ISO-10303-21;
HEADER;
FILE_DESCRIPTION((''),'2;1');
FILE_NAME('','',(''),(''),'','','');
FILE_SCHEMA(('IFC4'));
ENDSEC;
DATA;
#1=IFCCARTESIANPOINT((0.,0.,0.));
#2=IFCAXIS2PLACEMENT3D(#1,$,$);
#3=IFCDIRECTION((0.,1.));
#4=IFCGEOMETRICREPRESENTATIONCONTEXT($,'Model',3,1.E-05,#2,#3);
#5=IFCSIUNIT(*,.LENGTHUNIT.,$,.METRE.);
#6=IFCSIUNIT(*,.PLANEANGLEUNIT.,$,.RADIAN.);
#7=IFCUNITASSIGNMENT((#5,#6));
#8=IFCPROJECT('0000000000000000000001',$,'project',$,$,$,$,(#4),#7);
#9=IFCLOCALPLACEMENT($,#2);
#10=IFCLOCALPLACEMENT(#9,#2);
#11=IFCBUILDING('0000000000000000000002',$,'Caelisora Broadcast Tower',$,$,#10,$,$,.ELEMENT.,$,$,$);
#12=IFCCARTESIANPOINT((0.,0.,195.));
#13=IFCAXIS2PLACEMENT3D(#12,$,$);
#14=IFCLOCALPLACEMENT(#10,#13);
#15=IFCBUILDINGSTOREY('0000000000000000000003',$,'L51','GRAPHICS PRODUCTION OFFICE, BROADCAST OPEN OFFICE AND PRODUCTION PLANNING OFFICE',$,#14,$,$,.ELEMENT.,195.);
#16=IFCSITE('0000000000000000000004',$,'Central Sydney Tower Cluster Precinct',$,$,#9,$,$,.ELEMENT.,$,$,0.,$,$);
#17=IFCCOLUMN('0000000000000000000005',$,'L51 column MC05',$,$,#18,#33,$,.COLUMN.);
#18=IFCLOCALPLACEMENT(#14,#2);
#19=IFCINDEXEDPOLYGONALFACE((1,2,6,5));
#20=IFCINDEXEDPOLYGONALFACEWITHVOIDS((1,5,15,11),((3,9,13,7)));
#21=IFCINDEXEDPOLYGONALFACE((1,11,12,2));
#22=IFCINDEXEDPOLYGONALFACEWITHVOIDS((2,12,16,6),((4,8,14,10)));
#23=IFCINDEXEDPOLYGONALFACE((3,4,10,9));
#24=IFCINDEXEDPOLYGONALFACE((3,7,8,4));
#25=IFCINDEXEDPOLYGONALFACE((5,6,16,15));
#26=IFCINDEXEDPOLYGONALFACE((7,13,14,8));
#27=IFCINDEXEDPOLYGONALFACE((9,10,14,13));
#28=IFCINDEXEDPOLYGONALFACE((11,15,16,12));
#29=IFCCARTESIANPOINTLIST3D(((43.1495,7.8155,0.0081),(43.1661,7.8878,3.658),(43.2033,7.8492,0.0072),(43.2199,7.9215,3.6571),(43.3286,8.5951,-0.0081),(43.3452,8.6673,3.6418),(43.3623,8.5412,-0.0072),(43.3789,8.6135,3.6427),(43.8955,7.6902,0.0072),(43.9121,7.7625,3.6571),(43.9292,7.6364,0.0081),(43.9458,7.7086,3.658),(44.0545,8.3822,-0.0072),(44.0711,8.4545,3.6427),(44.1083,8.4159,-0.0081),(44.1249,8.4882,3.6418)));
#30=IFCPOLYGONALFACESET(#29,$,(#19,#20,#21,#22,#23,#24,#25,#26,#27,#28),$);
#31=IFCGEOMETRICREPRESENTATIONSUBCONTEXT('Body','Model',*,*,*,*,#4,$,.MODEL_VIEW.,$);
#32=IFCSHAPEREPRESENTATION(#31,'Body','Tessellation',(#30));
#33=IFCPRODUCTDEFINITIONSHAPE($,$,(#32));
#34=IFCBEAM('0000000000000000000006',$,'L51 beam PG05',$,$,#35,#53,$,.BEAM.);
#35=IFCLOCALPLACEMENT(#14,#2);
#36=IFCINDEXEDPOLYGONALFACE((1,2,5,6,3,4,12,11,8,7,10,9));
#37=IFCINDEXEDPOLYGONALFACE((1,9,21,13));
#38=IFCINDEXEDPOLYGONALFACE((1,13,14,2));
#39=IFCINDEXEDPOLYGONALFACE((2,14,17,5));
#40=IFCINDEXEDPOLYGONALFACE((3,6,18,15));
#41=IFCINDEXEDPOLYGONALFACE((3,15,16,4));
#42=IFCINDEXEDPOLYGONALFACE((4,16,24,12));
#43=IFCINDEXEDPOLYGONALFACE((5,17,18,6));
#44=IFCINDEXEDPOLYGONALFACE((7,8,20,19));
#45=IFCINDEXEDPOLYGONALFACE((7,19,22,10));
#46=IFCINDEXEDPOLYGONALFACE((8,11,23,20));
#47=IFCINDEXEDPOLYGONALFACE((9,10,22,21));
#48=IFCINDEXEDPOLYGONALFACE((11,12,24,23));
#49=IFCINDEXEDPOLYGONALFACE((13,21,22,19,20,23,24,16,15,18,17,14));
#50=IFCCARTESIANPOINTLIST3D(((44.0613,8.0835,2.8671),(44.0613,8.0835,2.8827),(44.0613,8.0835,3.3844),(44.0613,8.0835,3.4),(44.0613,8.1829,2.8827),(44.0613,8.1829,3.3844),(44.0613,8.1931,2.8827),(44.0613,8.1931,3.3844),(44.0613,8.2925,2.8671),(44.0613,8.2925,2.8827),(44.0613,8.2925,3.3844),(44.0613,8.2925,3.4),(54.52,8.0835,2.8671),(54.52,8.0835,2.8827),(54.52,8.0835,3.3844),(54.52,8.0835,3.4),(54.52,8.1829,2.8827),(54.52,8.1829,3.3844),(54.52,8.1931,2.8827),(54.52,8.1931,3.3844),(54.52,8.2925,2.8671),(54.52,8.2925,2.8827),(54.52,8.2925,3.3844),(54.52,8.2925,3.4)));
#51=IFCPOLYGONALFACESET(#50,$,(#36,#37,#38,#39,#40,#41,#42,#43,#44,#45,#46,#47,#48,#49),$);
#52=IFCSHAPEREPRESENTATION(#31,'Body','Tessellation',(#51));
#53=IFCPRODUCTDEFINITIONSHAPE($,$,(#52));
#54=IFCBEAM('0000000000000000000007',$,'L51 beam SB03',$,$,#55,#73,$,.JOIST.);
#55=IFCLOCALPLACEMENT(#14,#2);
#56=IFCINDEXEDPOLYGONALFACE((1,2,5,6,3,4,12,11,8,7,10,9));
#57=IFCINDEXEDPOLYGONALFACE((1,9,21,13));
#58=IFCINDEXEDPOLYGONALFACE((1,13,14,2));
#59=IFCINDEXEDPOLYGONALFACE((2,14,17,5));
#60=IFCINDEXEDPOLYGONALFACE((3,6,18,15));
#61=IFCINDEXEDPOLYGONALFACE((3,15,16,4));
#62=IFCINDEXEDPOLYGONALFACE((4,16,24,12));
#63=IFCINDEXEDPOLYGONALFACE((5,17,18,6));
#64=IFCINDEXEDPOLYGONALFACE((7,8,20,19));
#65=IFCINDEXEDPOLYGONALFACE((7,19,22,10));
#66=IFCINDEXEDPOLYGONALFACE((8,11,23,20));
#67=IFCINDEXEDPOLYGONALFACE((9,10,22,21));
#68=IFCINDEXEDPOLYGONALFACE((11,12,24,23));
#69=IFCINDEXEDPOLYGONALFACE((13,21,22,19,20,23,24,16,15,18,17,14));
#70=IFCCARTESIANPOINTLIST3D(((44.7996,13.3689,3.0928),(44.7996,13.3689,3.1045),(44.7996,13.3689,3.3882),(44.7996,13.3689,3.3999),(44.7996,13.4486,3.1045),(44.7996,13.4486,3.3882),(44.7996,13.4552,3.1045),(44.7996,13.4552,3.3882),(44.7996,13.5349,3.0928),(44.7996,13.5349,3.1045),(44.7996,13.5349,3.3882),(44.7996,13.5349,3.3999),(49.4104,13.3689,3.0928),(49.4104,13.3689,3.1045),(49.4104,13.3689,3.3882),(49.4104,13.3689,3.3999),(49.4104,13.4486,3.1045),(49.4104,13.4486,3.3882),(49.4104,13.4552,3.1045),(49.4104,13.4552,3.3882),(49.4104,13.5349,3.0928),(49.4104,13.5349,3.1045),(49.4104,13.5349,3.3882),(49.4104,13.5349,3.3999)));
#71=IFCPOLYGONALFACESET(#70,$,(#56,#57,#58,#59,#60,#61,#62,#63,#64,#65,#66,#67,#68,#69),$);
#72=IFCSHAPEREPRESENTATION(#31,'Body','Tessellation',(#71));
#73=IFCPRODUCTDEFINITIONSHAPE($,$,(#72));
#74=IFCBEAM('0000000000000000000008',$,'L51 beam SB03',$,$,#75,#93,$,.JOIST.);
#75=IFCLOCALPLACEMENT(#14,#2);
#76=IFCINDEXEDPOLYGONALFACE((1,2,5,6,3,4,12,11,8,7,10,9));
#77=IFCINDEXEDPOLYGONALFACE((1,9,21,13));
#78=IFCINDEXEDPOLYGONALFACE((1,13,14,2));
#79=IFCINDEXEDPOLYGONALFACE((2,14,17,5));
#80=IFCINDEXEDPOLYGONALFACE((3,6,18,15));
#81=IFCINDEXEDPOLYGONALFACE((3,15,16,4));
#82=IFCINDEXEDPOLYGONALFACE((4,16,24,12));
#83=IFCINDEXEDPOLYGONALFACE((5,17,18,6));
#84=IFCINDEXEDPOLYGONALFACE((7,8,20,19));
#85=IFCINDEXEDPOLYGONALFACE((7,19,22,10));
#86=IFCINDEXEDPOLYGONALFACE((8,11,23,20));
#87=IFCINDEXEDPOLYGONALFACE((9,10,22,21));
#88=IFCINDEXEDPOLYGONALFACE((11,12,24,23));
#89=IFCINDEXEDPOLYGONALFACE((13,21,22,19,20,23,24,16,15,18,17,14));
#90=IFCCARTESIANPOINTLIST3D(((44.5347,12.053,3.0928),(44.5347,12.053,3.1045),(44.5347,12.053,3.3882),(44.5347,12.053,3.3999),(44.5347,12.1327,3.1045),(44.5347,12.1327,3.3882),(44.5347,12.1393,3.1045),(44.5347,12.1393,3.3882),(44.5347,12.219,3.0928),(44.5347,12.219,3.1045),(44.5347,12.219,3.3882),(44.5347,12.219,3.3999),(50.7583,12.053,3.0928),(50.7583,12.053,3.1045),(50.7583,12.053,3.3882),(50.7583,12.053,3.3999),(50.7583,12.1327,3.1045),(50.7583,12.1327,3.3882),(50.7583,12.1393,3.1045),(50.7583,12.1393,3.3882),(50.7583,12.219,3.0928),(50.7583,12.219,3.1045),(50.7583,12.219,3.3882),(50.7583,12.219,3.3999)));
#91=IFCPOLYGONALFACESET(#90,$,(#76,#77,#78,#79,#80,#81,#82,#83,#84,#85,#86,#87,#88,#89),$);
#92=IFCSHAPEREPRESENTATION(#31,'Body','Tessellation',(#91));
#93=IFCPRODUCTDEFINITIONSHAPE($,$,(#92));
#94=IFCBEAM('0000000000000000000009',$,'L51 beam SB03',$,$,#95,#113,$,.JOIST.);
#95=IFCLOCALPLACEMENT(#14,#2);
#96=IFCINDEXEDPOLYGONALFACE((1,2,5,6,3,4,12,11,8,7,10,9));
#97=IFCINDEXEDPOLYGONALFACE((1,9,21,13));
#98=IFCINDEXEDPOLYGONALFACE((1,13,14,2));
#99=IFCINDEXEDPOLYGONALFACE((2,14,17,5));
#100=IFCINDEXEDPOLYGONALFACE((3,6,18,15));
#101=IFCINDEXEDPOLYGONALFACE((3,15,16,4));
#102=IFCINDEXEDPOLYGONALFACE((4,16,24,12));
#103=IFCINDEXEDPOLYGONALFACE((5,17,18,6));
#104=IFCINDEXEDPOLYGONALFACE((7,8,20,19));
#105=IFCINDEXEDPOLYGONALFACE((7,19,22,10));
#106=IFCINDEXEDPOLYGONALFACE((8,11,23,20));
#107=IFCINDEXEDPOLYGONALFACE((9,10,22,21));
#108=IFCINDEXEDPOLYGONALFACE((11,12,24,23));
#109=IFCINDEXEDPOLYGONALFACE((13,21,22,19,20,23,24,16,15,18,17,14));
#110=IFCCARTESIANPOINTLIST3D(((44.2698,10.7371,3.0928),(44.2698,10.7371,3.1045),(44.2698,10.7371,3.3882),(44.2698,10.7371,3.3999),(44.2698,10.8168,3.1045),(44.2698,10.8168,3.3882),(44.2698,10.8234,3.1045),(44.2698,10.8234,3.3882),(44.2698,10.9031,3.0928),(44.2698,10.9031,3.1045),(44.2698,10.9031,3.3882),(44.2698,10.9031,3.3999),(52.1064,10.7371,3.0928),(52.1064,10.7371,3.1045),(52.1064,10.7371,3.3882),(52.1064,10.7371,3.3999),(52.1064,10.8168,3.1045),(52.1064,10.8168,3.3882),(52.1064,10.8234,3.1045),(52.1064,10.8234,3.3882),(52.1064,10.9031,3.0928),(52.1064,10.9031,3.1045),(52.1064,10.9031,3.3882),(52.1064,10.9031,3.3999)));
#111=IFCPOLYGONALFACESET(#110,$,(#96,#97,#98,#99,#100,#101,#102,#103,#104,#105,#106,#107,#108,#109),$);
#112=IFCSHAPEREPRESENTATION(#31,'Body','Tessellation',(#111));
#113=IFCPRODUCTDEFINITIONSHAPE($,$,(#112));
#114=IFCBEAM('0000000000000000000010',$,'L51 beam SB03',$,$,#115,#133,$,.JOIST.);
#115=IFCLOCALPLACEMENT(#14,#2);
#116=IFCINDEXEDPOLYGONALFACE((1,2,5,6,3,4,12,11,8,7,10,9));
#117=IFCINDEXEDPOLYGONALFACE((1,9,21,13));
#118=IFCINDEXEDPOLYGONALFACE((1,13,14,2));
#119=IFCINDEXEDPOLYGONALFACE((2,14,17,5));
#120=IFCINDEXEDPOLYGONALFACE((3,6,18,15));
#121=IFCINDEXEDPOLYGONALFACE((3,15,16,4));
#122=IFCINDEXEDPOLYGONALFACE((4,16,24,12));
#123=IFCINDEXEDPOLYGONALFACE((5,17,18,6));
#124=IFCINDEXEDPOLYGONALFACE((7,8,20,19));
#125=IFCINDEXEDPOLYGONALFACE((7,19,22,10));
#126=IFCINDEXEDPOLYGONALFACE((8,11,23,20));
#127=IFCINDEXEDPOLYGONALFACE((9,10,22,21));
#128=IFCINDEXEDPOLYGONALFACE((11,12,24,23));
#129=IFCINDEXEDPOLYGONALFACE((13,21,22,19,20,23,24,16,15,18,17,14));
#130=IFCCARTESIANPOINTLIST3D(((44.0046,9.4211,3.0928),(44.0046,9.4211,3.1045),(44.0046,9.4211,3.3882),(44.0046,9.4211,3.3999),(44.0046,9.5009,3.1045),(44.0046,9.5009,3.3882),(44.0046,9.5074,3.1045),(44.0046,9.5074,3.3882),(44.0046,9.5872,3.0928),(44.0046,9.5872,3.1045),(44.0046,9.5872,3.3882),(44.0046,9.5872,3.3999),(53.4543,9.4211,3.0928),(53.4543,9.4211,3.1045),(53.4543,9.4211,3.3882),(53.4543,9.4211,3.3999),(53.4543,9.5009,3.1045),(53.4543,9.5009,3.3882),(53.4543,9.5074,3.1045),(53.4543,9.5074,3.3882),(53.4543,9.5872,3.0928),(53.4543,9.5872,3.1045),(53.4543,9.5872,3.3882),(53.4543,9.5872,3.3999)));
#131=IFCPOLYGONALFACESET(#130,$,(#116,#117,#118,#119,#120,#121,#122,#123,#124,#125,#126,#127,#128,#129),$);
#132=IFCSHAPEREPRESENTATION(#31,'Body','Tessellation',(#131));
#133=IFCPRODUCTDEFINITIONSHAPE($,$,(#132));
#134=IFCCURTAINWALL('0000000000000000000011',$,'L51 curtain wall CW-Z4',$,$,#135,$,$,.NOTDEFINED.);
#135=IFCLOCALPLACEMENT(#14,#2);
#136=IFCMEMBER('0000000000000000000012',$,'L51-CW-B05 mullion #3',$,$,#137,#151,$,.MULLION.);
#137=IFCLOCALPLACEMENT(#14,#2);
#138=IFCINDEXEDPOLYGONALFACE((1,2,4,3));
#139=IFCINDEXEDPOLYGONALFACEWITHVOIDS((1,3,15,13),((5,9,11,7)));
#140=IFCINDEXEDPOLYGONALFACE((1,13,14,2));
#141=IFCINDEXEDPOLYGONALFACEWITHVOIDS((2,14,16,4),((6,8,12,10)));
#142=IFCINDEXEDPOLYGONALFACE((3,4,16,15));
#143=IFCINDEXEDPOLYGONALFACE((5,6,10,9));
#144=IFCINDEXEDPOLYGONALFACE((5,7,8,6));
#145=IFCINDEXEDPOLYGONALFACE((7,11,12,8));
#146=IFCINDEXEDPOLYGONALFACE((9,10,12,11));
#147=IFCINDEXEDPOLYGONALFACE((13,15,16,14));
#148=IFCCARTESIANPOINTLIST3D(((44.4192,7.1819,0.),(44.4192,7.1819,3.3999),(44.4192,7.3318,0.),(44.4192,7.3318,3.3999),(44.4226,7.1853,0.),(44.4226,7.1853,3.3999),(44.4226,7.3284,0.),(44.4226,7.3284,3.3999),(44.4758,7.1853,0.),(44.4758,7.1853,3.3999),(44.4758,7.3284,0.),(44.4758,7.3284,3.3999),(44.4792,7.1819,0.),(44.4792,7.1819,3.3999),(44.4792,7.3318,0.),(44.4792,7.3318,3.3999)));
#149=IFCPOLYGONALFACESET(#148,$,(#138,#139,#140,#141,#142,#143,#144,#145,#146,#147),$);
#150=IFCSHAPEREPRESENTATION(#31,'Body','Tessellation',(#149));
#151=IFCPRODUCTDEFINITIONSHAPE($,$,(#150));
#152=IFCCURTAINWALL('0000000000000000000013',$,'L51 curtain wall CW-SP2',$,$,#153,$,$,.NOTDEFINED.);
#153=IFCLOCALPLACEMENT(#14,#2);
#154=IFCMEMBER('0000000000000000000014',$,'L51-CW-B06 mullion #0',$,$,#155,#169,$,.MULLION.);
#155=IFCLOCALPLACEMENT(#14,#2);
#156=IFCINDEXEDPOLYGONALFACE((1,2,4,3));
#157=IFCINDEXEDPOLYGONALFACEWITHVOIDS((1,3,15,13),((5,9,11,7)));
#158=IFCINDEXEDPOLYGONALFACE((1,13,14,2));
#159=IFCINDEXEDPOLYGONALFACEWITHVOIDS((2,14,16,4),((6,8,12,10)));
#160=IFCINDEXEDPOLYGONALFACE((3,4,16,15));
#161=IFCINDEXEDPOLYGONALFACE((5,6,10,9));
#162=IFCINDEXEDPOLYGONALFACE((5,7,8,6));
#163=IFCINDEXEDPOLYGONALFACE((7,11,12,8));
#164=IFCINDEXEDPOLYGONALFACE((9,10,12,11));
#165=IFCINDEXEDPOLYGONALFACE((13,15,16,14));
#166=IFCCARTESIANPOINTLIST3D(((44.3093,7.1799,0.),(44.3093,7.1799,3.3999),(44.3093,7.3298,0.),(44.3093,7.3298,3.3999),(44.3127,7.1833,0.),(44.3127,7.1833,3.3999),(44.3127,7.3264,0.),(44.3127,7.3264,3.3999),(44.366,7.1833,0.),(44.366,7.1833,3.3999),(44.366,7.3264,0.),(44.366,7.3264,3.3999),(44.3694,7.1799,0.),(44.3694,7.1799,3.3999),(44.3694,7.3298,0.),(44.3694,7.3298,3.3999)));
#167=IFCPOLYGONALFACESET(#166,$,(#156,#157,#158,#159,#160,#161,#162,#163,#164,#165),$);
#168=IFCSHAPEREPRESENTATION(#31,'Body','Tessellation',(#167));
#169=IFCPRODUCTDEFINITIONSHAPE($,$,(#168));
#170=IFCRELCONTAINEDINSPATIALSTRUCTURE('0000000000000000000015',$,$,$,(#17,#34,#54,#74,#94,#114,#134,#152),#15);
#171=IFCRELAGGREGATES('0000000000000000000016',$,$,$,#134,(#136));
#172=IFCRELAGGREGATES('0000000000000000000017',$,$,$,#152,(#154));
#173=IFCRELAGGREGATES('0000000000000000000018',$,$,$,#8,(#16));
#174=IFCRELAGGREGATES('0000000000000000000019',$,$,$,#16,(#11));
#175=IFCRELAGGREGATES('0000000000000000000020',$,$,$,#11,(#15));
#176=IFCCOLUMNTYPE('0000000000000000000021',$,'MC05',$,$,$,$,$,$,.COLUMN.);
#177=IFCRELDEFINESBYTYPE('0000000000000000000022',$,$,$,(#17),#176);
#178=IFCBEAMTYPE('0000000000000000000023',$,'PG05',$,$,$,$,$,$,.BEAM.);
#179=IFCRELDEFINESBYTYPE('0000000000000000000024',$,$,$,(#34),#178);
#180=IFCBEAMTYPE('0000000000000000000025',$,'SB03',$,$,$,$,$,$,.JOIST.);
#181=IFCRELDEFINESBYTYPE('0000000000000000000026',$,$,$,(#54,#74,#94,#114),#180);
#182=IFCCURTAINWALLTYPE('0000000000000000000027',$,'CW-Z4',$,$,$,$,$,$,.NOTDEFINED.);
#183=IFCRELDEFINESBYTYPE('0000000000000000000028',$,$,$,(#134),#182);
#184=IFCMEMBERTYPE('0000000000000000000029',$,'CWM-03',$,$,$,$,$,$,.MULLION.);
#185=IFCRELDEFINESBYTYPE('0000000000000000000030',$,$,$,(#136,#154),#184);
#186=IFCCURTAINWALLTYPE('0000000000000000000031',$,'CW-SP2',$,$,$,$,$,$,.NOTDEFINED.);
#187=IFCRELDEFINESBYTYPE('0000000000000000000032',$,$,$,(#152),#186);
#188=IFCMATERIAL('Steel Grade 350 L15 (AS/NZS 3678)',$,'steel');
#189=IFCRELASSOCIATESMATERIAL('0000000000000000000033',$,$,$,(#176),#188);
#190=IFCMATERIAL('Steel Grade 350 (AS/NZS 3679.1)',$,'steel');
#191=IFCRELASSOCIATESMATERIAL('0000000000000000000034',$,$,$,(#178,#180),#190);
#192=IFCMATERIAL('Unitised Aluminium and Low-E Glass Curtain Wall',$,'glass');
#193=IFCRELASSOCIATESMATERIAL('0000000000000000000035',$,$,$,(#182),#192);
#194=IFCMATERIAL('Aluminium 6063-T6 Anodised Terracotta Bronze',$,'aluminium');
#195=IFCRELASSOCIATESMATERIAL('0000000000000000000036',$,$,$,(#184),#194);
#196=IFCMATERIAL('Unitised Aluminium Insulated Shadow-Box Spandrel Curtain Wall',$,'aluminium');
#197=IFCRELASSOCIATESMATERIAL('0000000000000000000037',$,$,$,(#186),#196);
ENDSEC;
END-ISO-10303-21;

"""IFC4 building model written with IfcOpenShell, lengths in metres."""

from ifc_helpers import new_model, si_unit, direction, frame, origin, origin_2d, place, context, subcontext, project, spatial, hollow_rectangle, i_section, extrude, source, transform, mapped, material, material_profile, profile_set, type_object, type_shapes, element, aggregate, save


model = new_model("IFC4")

# Units and contexts
model_context = context("Model", 3, precision=1e-05, world=origin(), true_north=direction((0.0, 1.0)))
body_context = subcontext(model_context, "Body", "Model", "MODEL_VIEW")
ifc_project = project(units=[si_unit("LENGTHUNIT", "METRE"), si_unit("PLANEANGLEUNIT", "RADIAN")], contexts=[model_context])

# Site, building, storey
site_placement = place(None, origin())
site = spatial("IfcSite", under=ifc_project, at=site_placement, Name="Central Sydney Tower Cluster Precinct", CompositionType="ELEMENT", RefElevation=0.0)
building_placement = place(site_placement, origin())
building = spatial("IfcBuilding", under=site, at=building_placement, Name="Caelisora Broadcast Tower", CompositionType="ELEMENT")
storey_placement = place(building_placement, frame((0.0, 0.0, 195.0)))
storey = spatial("IfcBuildingStorey", under=building, at=storey_placement, Name="L51", Description="GRAPHICS PRODUCTION OFFICE, BROADCAST OPEN OFFICE AND PRODUCTION PLANNING OFFICE", CompositionType="ELEMENT", Elevation=195.0)

# Column
ifc_material_1 = material(Name="Steel Grade 350 L15 (AS/NZS 3678)", Category="steel")
ifc_material_profile_1 = material_profile(ifc_material_1, hollow_rectangle(XDim=0.8, YDim=0.8, WallThickness=0.0449, at=origin_2d()), Name="Steel Grade 350 L15 (AS/NZS 3678)")
ifc_profile_set_1 = profile_set([ifc_material_profile_1], Name="Steel Grade 350 L15 (AS/NZS 3678)")
column_type = type_object("IfcColumnType", Name="MC05", PredefinedType="COLUMN", material=ifc_profile_set_1)
shared_shape_1 = source(origin(), body_context, "Body", "SweptSolid", [
    extrude(hollow_rectangle(XDim=0.8, YDim=0.8, WallThickness=0.0449, at=origin_2d()), origin(), (0.0, 0.0, 1.0), 3.6506),
])
type_shapes(column_type, [shared_shape_1])
column_placement = place(storey_placement, frame((43.6289, 8.1157, 0.0), z_axis=(0.004548, 0.019795, 0.999794), x_axis=(-0.974613, 0.223898, 0.0)))
element("IfcColumn", 1, at=column_placement, inside=storey, type_object=column_type, Name="L51 column MC05", PredefinedType="COLUMN", context=body_context, shape_type="MappedRepresentation", body=[
    mapped(shared_shape_1, transform((0.0, 0.0, 0.0), scale=1.0)),
])

# Beams
ifc_material_2 = material(Name="Steel Grade 350 (AS/NZS 3679.1)", Category="steel")
ifc_material_profile_2 = material_profile(ifc_material_2, i_section(OverallWidth=0.209, OverallDepth=0.533, WebThickness=0.0103, FlangeThickness=0.0156, at=origin_2d()), Name="Steel Grade 350 (AS/NZS 3679.1)")
ifc_profile_set_2 = profile_set([ifc_material_profile_2], Name="Steel Grade 350 (AS/NZS 3679.1)")
beam_type_1 = type_object("IfcBeamType", Name="PG05", PredefinedType="BEAM", material=ifc_profile_set_2)
shared_shape_2 = source(origin(), body_context, "Body", "SweptSolid", [
    extrude(i_section(OverallWidth=0.209, OverallDepth=0.533, WebThickness=0.0103, FlangeThickness=0.0156, at=origin_2d()), origin(), (0.0, 0.0, 1.0), 10.4587),
])
type_shapes(beam_type_1, [shared_shape_2])
beam_1_placement = place(storey_placement, frame((44.0613, 8.188, 3.1335), z_axis=(1.0, 0.0, 0.0), x_axis=(0.0, 1.0, 0.0)))
element("IfcBeam", 2, at=beam_1_placement, inside=storey, type_object=beam_type_1, Name="L51 beam PG05", PredefinedType="BEAM", context=body_context, shape_type="MappedRepresentation", body=[
    mapped(shared_shape_2, transform((0.0, 0.0, 0.0), scale=1.0)),
])
ifc_material_profile_3 = material_profile(ifc_material_2, i_section(OverallWidth=0.166, OverallDepth=0.3071, WebThickness=0.0066, FlangeThickness=0.0117, at=origin_2d()), Name="Steel Grade 350 (AS/NZS 3679.1)")
ifc_profile_set_3 = profile_set([ifc_material_profile_3], Name="Steel Grade 350 (AS/NZS 3679.1)")
beam_type_2 = type_object("IfcBeamType", Name="SB03", PredefinedType="JOIST", material=ifc_profile_set_3)
shared_shape_3 = source(origin(), body_context, "Body", "SweptSolid", [
    extrude(i_section(OverallWidth=0.166, OverallDepth=0.3071, WebThickness=0.0066, FlangeThickness=0.0117, at=origin_2d()), origin(), (0.0, 0.0, 1.0), 4.6108),
])
beam_2_placement = place(storey_placement, frame((44.7996, 13.4519, 3.2463), z_axis=(1.0, 0.0, 0.0), x_axis=(0.0, 1.0, 0.0)))
element("IfcBeam", 3, at=beam_2_placement, inside=storey, type_object=beam_type_2, Name="L51 beam SB03", PredefinedType="JOIST", context=body_context, shape_type="MappedRepresentation", body=[
    mapped(shared_shape_3, transform((0.0, 0.0, 0.0), scale=1.0)),
])
shared_shape_4 = source(origin(), body_context, "Body", "SweptSolid", [
    extrude(i_section(OverallWidth=0.166, OverallDepth=0.3071, WebThickness=0.0066, FlangeThickness=0.0117, at=origin_2d()), origin(), (0.0, 0.0, 1.0), 6.2236),
])
beam_3_placement = place(storey_placement, frame((44.5347, 12.136, 3.2463), z_axis=(1.0, 0.0, 0.0), x_axis=(0.0, 1.0, 0.0)))
element("IfcBeam", 4, at=beam_3_placement, inside=storey, type_object=beam_type_2, Name="L51 beam SB03", PredefinedType="JOIST", context=body_context, shape_type="MappedRepresentation", body=[
    mapped(shared_shape_4, transform((0.0, 0.0, 0.0), scale=1.0)),
])
shared_shape_5 = source(origin(), body_context, "Body", "SweptSolid", [
    extrude(i_section(OverallWidth=0.166, OverallDepth=0.3071, WebThickness=0.0066, FlangeThickness=0.0117, at=origin_2d()), origin(), (0.0, 0.0, 1.0), 7.8367),
])
beam_4_placement = place(storey_placement, frame((44.2698, 10.8201, 3.2463), z_axis=(1.0, 0.0, 0.0), x_axis=(0.0, 1.0, 0.0)))
element("IfcBeam", 5, at=beam_4_placement, inside=storey, type_object=beam_type_2, Name="L51 beam SB03", PredefinedType="JOIST", context=body_context, shape_type="MappedRepresentation", body=[
    mapped(shared_shape_5, transform((0.0, 0.0, 0.0), scale=1.0)),
])
shared_shape_6 = source(origin(), body_context, "Body", "SweptSolid", [
    extrude(i_section(OverallWidth=0.166, OverallDepth=0.3071, WebThickness=0.0066, FlangeThickness=0.0117, at=origin_2d()), origin(), (0.0, 0.0, 1.0), 9.4497),
])
type_shapes(beam_type_2, [shared_shape_3, shared_shape_4, shared_shape_5, shared_shape_6])
beam_5_placement = place(storey_placement, frame((44.0046, 9.5042, 3.2463), z_axis=(1.0, 0.0, 0.0), x_axis=(0.0, 1.0, 0.0)))
element("IfcBeam", 6, at=beam_5_placement, inside=storey, type_object=beam_type_2, Name="L51 beam SB03", PredefinedType="JOIST", context=body_context, shape_type="MappedRepresentation", body=[
    mapped(shared_shape_6, transform((0.0, 0.0, 0.0), scale=1.0)),
])

# Curtain wall, member
ifc_material_3 = material(Name="Unitised Aluminium and Low-E Glass Curtain Wall", Category="glass")
curtain_wall_type_1 = type_object("IfcCurtainWallType", Name="CW-Z4", PredefinedType="NOTDEFINED", material=ifc_material_3)
curtain_wall_1_placement = place(storey_placement, origin())
curtain_wall_1 = element("IfcCurtainWall", 7, at=curtain_wall_1_placement, inside=storey, type_object=curtain_wall_type_1, Name="L51 curtain wall CW-Z4", PredefinedType="NOTDEFINED")
ifc_material_4 = material(Name="Aluminium 6063-T6 Anodised Terracotta Bronze", Category="aluminium")
ifc_material_profile_4 = material_profile(ifc_material_4, hollow_rectangle(XDim=0.0601, YDim=0.1499, WallThickness=0.0034, at=origin_2d()), Name="Aluminium 6063-T6 Anodised Terracotta Bronze")
ifc_profile_set_4 = profile_set([ifc_material_profile_4], Name="Aluminium 6063-T6 Anodised Terracotta Bronze")
member_type_1 = type_object("IfcMemberType", Name="CWM-03", PredefinedType="MULLION", material=ifc_profile_set_4)
shared_shape_7 = source(origin(), body_context, "Body", "SweptSolid", [
    extrude(hollow_rectangle(XDim=0.0601, YDim=0.1499, WallThickness=0.0034, at=origin_2d()), origin(), (0.0, 0.0, 1.0), 3.3999),
])
type_shapes(member_type_1, [shared_shape_7])
member_1_placement = place(storey_placement, frame((44.4492, 7.2568, 0.0), z_axis=(0.0, 0.0, 1.0), x_axis=(1.0, 0.0, 0.0)))
member_1 = element("IfcMember", 8, at=member_1_placement, type_object=member_type_1, Name="L51-CW-B05 mullion #3", PredefinedType="MULLION", context=body_context, shape_type="MappedRepresentation", body=[
    mapped(shared_shape_7, transform((0.0, 0.0, 0.0), scale=1.0)),
])
aggregate(curtain_wall_1, [member_1])

# Curtain wall, member
ifc_material_5 = material(Name="Unitised Aluminium Insulated Shadow-Box Spandrel Curtain Wall", Category="aluminium")
curtain_wall_type_2 = type_object("IfcCurtainWallType", Name="CW-SP2", PredefinedType="NOTDEFINED", material=ifc_material_5)
curtain_wall_2_placement = place(storey_placement, origin())
curtain_wall_2 = element("IfcCurtainWall", 9, at=curtain_wall_2_placement, inside=storey, type_object=curtain_wall_type_2, Name="L51 curtain wall CW-SP2", PredefinedType="NOTDEFINED")
member_2_placement = place(storey_placement, frame((44.3394, 7.2549, 0.0), z_axis=(0.0, 0.0, 1.0), x_axis=(1.0, 0.0, 0.0)))
member_2 = element("IfcMember", 10, at=member_2_placement, type_object=member_type_1, Name="L51-CW-B06 mullion #0", PredefinedType="MULLION", context=body_context, shape_type="MappedRepresentation", body=[
    mapped(shared_shape_7, transform((0.0, 0.0, 0.0), scale=1.0)),
])

aggregate(curtain_wall_2, [member_2])

save(model, "model.ifc")
